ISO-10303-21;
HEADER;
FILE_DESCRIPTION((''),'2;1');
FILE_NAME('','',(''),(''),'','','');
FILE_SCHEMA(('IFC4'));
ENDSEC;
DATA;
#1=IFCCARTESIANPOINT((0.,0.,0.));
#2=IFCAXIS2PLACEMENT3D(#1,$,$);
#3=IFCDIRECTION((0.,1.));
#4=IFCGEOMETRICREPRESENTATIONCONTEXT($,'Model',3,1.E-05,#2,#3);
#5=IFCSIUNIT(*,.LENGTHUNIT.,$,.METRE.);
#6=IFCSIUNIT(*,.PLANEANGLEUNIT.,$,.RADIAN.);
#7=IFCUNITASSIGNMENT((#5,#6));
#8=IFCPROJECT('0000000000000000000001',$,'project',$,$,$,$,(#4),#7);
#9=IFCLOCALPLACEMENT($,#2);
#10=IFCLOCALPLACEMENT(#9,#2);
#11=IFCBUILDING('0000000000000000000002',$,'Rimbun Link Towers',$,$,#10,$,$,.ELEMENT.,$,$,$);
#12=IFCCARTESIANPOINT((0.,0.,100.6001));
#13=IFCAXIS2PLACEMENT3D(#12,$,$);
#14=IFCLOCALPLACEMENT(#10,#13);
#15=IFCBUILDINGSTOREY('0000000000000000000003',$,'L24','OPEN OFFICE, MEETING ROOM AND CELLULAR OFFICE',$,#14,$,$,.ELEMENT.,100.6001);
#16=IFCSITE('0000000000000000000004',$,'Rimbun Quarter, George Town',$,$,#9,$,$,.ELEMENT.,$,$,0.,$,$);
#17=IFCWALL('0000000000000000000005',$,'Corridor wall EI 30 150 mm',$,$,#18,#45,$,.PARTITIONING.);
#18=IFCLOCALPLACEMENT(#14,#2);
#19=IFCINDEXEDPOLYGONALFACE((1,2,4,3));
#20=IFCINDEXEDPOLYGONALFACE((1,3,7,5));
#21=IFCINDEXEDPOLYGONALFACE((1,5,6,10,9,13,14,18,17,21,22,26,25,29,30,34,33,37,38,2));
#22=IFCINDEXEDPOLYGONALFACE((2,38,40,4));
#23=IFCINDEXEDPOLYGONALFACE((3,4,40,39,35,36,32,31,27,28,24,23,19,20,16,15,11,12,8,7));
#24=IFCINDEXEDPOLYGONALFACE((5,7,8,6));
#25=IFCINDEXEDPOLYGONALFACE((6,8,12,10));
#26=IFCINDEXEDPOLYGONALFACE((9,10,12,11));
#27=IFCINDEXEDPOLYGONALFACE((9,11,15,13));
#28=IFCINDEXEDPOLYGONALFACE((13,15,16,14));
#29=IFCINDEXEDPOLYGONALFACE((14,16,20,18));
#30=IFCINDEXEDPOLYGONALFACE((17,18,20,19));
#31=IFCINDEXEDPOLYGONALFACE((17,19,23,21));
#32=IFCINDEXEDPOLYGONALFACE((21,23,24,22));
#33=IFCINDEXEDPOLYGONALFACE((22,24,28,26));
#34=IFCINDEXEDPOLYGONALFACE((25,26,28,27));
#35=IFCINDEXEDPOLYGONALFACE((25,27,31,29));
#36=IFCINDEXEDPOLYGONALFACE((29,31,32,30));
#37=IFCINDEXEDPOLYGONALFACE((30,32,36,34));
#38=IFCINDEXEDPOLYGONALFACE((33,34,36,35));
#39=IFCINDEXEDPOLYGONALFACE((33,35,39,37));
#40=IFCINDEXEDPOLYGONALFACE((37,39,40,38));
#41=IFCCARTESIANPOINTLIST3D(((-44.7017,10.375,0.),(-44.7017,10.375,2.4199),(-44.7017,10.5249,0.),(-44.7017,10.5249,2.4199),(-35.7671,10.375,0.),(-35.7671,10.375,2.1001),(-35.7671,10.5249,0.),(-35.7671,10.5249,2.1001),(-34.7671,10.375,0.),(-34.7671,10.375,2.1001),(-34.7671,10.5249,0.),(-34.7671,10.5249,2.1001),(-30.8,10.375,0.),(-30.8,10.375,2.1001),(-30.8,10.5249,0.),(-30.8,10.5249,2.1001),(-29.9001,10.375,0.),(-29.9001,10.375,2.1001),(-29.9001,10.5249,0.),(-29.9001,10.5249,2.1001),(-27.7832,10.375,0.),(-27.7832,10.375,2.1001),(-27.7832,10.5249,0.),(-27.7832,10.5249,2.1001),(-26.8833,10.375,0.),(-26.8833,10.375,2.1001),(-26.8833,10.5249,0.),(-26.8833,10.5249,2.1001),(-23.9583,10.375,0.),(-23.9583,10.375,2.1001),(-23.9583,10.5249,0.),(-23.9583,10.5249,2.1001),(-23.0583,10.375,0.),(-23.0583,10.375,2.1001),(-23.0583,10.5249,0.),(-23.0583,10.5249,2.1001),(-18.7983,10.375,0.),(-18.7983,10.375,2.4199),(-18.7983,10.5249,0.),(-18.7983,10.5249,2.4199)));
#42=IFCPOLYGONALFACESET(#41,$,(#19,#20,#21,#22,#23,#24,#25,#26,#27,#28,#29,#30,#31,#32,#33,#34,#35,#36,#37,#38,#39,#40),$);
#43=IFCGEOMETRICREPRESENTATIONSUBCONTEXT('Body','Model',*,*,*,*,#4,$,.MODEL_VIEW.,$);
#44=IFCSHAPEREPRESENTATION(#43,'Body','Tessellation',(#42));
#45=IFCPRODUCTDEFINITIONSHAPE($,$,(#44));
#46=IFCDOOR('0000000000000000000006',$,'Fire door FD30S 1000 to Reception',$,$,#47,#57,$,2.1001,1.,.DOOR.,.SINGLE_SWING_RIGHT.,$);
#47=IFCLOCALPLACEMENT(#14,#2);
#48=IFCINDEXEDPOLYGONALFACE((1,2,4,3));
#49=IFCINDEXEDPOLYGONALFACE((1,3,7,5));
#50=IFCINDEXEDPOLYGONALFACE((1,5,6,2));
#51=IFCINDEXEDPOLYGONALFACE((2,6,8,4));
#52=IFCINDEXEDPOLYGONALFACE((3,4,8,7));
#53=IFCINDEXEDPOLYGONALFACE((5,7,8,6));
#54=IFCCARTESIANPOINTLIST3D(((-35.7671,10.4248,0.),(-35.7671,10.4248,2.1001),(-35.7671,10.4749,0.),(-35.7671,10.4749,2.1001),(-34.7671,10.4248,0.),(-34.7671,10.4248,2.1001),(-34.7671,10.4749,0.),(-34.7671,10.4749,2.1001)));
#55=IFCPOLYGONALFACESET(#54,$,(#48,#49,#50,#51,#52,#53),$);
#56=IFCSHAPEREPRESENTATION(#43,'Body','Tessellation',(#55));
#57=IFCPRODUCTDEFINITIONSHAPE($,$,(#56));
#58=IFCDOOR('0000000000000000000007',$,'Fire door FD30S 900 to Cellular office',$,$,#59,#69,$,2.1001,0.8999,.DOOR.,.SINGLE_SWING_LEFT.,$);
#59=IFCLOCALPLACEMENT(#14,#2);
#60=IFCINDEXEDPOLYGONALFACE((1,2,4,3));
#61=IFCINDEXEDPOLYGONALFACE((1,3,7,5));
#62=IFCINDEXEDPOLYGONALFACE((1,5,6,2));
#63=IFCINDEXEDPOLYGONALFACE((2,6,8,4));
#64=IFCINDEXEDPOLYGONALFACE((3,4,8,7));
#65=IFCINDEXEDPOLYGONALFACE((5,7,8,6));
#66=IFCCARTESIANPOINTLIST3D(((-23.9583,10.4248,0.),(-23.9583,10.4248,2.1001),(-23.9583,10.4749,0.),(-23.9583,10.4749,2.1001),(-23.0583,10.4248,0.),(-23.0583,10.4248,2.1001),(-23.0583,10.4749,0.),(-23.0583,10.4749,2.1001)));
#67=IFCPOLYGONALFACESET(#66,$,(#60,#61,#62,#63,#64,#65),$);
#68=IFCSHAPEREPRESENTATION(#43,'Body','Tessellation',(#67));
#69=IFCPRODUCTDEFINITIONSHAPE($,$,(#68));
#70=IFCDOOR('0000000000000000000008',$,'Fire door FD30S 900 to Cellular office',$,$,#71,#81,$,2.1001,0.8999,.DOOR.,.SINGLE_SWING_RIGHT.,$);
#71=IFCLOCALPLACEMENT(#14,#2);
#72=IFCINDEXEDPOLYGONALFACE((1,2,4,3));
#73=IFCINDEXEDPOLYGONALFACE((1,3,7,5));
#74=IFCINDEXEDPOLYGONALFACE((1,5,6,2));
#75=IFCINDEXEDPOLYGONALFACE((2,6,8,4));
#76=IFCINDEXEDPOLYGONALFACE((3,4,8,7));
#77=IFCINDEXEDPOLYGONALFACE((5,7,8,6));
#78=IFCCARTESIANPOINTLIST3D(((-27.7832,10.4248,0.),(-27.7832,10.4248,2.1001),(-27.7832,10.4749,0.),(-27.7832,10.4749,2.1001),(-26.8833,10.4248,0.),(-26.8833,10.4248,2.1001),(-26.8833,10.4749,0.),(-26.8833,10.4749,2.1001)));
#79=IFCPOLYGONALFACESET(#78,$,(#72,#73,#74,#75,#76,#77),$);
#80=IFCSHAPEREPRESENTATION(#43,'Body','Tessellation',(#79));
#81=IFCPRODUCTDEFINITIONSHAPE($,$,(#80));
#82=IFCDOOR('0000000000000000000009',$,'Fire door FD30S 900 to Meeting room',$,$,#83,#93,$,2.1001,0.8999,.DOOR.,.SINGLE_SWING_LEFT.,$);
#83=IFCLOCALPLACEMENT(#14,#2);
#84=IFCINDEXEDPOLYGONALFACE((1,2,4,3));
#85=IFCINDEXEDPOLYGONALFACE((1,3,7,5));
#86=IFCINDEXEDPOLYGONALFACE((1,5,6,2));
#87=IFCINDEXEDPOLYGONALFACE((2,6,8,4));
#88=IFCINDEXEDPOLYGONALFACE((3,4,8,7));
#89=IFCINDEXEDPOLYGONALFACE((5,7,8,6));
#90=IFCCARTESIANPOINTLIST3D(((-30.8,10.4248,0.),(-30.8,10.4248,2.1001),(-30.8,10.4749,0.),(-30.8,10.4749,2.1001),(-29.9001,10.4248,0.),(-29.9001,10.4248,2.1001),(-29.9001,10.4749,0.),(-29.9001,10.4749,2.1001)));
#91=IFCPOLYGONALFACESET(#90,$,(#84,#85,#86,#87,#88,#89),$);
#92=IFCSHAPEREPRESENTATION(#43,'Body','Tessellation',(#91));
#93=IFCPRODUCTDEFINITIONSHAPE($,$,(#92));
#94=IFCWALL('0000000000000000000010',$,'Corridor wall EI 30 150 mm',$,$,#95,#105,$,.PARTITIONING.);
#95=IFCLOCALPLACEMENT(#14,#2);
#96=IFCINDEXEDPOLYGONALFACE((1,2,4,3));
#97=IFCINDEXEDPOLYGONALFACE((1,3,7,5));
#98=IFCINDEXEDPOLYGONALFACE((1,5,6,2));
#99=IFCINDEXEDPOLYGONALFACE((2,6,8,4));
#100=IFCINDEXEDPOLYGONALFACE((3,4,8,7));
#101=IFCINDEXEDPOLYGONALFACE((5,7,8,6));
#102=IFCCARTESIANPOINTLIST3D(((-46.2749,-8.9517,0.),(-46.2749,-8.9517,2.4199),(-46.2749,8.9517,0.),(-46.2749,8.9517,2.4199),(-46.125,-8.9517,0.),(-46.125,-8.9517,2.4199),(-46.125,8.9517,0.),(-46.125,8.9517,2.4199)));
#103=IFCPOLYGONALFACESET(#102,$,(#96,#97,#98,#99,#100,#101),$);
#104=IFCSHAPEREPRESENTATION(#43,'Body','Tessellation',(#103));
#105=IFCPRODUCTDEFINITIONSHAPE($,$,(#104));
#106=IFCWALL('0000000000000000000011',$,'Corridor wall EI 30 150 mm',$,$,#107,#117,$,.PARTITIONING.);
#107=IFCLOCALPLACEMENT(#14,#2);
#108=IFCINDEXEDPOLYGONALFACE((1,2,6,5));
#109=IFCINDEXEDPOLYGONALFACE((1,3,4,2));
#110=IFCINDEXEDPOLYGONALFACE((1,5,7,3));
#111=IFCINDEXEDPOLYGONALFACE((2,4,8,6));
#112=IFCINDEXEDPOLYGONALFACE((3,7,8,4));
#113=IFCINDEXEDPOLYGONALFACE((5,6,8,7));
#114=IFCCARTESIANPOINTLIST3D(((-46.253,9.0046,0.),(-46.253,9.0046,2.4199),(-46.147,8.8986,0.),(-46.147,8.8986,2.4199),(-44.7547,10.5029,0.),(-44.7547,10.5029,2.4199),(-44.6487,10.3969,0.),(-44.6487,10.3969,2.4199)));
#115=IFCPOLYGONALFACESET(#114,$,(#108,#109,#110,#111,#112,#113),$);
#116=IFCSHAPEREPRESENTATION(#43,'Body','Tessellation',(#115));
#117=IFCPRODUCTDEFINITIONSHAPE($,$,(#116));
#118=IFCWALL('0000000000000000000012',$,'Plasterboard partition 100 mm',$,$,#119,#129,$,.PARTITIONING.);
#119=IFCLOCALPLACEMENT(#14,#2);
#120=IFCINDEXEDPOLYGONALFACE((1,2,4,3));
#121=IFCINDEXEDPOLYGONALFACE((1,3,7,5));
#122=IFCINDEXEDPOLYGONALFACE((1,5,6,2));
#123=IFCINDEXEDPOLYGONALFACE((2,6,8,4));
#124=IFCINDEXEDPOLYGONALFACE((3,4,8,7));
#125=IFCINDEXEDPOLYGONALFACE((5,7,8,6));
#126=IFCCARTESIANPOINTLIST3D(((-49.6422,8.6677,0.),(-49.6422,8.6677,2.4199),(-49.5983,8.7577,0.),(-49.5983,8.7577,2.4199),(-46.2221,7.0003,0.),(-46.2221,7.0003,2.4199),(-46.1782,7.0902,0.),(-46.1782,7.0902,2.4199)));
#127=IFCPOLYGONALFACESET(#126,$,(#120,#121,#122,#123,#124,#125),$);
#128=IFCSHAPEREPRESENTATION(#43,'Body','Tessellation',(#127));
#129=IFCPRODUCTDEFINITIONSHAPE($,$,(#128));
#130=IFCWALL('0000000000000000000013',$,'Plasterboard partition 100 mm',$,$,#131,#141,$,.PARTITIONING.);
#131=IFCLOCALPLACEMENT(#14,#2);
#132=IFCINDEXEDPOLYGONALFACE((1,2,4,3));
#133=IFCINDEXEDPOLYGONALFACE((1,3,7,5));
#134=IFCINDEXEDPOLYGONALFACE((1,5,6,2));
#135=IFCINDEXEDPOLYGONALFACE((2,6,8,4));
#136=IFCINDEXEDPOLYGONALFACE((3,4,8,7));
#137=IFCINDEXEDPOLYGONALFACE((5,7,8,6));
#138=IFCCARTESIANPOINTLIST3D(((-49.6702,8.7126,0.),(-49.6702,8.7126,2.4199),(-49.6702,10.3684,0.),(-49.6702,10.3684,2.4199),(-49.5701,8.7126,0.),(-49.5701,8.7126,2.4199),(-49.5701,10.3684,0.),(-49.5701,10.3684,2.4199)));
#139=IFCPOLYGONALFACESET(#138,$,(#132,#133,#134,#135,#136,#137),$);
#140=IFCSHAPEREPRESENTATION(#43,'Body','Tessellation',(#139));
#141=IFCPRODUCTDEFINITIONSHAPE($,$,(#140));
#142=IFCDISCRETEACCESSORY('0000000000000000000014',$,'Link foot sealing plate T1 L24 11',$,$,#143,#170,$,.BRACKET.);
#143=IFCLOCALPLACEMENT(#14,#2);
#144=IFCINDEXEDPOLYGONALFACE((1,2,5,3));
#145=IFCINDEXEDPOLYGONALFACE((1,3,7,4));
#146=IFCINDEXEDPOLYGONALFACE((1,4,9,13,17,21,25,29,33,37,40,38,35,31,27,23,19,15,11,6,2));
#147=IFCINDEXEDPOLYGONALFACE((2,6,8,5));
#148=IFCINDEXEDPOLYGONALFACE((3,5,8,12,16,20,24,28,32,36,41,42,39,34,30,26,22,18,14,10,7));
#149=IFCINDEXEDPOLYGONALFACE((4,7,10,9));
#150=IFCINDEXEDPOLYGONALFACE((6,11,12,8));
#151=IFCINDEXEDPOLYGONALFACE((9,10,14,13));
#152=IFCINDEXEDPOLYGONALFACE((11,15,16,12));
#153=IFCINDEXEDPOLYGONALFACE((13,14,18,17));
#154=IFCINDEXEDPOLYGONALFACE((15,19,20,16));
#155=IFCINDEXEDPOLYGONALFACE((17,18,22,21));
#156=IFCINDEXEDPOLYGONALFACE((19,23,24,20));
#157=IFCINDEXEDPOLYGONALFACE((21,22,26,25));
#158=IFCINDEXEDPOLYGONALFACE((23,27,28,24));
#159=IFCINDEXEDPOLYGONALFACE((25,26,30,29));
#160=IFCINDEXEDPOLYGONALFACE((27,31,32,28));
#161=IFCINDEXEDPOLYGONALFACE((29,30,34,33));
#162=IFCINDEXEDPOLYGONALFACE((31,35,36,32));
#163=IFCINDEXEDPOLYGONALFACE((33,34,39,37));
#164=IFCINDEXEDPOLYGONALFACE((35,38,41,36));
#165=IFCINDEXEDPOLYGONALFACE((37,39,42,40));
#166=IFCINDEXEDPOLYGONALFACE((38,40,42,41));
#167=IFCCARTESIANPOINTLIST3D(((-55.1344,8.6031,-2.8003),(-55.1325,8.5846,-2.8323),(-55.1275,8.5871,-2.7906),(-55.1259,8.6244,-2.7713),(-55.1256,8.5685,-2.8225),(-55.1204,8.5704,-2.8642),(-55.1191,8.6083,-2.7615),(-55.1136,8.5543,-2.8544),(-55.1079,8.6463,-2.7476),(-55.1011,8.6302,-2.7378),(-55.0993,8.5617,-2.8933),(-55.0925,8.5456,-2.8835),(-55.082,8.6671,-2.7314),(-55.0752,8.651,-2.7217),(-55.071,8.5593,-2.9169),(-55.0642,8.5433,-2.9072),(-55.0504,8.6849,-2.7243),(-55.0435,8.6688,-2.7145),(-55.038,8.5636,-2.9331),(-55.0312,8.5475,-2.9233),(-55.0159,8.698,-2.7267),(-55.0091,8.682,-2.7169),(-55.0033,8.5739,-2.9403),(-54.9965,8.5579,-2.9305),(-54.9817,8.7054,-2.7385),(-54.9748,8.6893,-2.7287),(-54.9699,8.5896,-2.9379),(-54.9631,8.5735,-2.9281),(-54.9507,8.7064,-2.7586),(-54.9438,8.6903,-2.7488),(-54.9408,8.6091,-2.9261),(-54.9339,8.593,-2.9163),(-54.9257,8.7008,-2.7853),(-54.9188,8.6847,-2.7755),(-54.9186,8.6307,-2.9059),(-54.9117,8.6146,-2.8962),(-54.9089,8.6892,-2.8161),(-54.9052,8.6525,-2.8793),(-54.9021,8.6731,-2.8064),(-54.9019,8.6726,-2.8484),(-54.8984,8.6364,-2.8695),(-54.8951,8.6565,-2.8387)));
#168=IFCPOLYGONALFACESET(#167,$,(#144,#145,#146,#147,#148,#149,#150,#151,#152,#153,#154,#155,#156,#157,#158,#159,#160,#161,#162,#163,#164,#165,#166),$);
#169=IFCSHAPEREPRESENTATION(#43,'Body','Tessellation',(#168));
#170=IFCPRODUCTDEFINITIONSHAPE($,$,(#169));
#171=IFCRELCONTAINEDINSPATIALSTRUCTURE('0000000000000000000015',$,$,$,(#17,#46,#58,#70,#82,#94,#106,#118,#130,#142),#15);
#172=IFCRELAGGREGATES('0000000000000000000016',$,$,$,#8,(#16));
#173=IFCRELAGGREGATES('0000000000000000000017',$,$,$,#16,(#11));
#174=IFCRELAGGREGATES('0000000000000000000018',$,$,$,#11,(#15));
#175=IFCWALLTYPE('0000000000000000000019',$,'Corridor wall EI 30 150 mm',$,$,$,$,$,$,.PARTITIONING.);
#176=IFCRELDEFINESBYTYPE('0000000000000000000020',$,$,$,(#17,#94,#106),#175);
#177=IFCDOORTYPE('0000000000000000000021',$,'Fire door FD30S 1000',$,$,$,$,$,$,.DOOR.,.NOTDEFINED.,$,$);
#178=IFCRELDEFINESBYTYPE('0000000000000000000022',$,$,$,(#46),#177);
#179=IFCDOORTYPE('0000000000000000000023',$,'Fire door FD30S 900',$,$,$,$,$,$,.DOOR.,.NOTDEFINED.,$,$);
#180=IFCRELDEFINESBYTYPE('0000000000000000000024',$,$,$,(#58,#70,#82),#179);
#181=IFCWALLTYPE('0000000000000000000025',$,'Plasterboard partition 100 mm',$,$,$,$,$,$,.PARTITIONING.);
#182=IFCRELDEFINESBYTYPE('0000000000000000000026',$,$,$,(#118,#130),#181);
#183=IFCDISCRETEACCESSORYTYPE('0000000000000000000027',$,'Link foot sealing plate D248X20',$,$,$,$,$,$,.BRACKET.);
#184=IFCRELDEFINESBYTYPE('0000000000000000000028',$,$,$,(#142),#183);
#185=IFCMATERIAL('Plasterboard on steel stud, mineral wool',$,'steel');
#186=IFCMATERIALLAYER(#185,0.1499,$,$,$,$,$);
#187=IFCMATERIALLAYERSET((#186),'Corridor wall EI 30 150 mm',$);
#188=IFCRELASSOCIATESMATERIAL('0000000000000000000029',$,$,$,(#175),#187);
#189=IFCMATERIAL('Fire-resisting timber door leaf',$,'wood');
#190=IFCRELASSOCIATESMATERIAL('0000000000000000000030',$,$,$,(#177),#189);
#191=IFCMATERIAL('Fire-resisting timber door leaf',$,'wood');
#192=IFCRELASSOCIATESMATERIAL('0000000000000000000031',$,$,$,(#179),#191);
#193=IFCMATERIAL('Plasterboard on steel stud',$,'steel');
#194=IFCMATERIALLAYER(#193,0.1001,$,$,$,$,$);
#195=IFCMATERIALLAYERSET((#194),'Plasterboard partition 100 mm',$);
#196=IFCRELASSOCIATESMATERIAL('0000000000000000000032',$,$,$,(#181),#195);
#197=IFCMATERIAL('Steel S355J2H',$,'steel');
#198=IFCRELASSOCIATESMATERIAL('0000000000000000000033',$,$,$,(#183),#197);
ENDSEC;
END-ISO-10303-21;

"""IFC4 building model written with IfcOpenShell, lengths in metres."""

from ifc_helpers import new_model, si_unit, direction, frame, frame_2d, origin, origin_2d, place, context, subcontext, project, spatial, rectangle, circle, extrude, material, layer, layer_set, material_profile, profile_set, type_object, element, fill, save


model = new_model("IFC4")

# Units and contexts
model_context = context("Model", 3, precision=1e-05, world=origin(), true_north=direction((0.0, 1.0)))
body_context = subcontext(model_context, "Body", "Model", "MODEL_VIEW")
ifc_project = project(units=[si_unit("LENGTHUNIT", "METRE"), si_unit("PLANEANGLEUNIT", "RADIAN")], contexts=[model_context])

# Site, building, storey
site_placement = place(None, origin())
site = spatial("IfcSite", under=ifc_project, at=site_placement, Name="Rimbun Quarter, George Town", CompositionType="ELEMENT", RefElevation=0.0)
building_placement = place(site_placement, origin())
building = spatial("IfcBuilding", under=site, at=building_placement, Name="Rimbun Link Towers", CompositionType="ELEMENT")
storey_placement = place(building_placement, frame((0.0, 0.0, 100.6001)))
storey = spatial("IfcBuildingStorey", under=building, at=storey_placement, Name="L24", Description="OPEN OFFICE, MEETING ROOM AND CELLULAR OFFICE", CompositionType="ELEMENT", Elevation=100.6001)

# Wall, openings, doors
ifc_material_1 = material(Name="Plasterboard on steel stud, mineral wool", Category="steel")
ifc_layer_1 = layer(ifc_material_1, 0.1499)
ifc_layer_set_1 = layer_set([ifc_layer_1], Name="Corridor wall EI 30 150 mm")
wall_type_1 = type_object("IfcWallType", Name="Corridor wall EI 30 150 mm", PredefinedType="PARTITIONING", material=ifc_layer_set_1)
wall_1_placement = place(storey_placement, frame((-44.7017, 10.45, 0.0), z_axis=(0.0, 0.0, 1.0), x_axis=(1.0, 0.0, 0.0)))
wall_1 = element("IfcWall", 1, at=wall_1_placement, inside=storey, type_object=wall_type_1, Name="Corridor wall EI 30 150 mm", PredefinedType="PARTITIONING", context=body_context, shape_type="SweptSolid", body=[
    extrude(rectangle(XDim=25.9033, YDim=0.1499, at=frame_2d((12.9517, 0.0))), origin(), (0.0, 0.0, 1.0), 2.4199),
])
opening_1_placement = place(wall_1_placement, frame((20.7434, 0.0, 0.0)))
opening_1 = element("IfcOpeningElement", 2, at=opening_1_placement, cuts=wall_1, PredefinedType="OPENING", context=body_context, shape_type="SweptSolid", body=[
    extrude(rectangle(XDim=0.8999, YDim=2.1001, at=frame_2d((0.45, 1.05))), frame((0.0, 0.085, 0.0), z_axis=(0.0, -1.0, 0.0), x_axis=(1.0, 0.0, 0.0)), (0.0, 0.0, 1.0), 0.1699),
])
opening_2_placement = place(wall_1_placement, frame((16.9185, 0.0, 0.0)))
opening_2 = element("IfcOpeningElement", 3, at=opening_2_placement, cuts=wall_1, PredefinedType="OPENING", context=body_context, shape_type="SweptSolid", body=[
    extrude(rectangle(XDim=0.8999, YDim=2.1001, at=frame_2d((0.45, 1.05))), frame((0.0, 0.085, 0.0), z_axis=(0.0, -1.0, 0.0), x_axis=(1.0, 0.0, 0.0)), (0.0, 0.0, 1.0), 0.1699),
])
opening_3_placement = place(wall_1_placement, frame((13.9016, 0.0, 0.0)))
opening_3 = element("IfcOpeningElement", 4, at=opening_3_placement, cuts=wall_1, PredefinedType="OPENING", context=body_context, shape_type="SweptSolid", body=[
    extrude(rectangle(XDim=0.8999, YDim=2.1001, at=frame_2d((0.45, 1.05))), frame((0.0, 0.085, 0.0), z_axis=(0.0, -1.0, 0.0), x_axis=(1.0, 0.0, 0.0)), (0.0, 0.0, 1.0), 0.1699),
])
opening_4_placement = place(wall_1_placement, frame((8.9346, 0.0, 0.0)))
opening_4 = element("IfcOpeningElement", 5, at=opening_4_placement, cuts=wall_1, PredefinedType="OPENING", context=body_context, shape_type="SweptSolid", body=[
    extrude(rectangle(XDim=1.0, YDim=2.1001, at=frame_2d((0.5, 1.05))), frame((0.0, 0.085, 0.0), z_axis=(0.0, -1.0, 0.0), x_axis=(1.0, 0.0, 0.0)), (0.0, 0.0, 1.0), 0.1699),
])
ifc_material_2 = material(Name="Fire-resisting timber door leaf", Category="wood")
door_type_1 = type_object("IfcDoorType", Name="Fire door FD30S 1000", OperationType="NOTDEFINED", PredefinedType="DOOR", material=ifc_material_2)
door_1_placement = place(opening_4_placement, origin())
door_1 = element("IfcDoor", 6, at=door_1_placement, inside=storey, type_object=door_type_1, Name="Fire door FD30S 1000 to Reception", OperationType="SINGLE_SWING_RIGHT", OverallHeight=2.1001, OverallWidth=1.0, PredefinedType="DOOR", context=body_context, shape_type="SweptSolid", body=[
    extrude(rectangle(XDim=1.0, YDim=2.1001, at=frame_2d((0.5, 1.05))), frame((0.0, 0.0249, 0.0), z_axis=(0.0, -1.0, 0.0), x_axis=(1.0, 0.0, 0.0)), (0.0, 0.0, 1.0), 0.05),
])
fill(opening_4, door_1)
ifc_material_3 = material(Name="Fire-resisting timber door leaf", Category="wood")
door_type_2 = type_object("IfcDoorType", Name="Fire door FD30S 900", OperationType="NOTDEFINED", PredefinedType="DOOR", material=ifc_material_3)
door_2_placement = place(opening_1_placement, origin())
door_2 = element("IfcDoor", 7, at=door_2_placement, inside=storey, type_object=door_type_2, Name="Fire door FD30S 900 to Cellular office", OperationType="SINGLE_SWING_LEFT", OverallHeight=2.1001, OverallWidth=0.8999, PredefinedType="DOOR", context=body_context, shape_type="SweptSolid", body=[
    extrude(rectangle(XDim=0.8999, YDim=2.1001, at=frame_2d((0.45, 1.05))), frame((0.0, 0.0249, 0.0), z_axis=(0.0, -1.0, 0.0), x_axis=(1.0, 0.0, 0.0)), (0.0, 0.0, 1.0), 0.05),
])
fill(opening_1, door_2)
door_3_placement = place(opening_2_placement, origin())
door_3 = element("IfcDoor", 8, at=door_3_placement, inside=storey, type_object=door_type_2, Name="Fire door FD30S 900 to Cellular office", OperationType="SINGLE_SWING_RIGHT", OverallHeight=2.1001, OverallWidth=0.8999, PredefinedType="DOOR", context=body_context, shape_type="SweptSolid", body=[
    extrude(rectangle(XDim=0.8999, YDim=2.1001, at=frame_2d((0.45, 1.05))), frame((0.0, 0.0249, 0.0), z_axis=(0.0, -1.0, 0.0), x_axis=(1.0, 0.0, 0.0)), (0.0, 0.0, 1.0), 0.05),
])
fill(opening_2, door_3)
door_4_placement = place(opening_3_placement, origin())
door_4 = element("IfcDoor", 9, at=door_4_placement, inside=storey, type_object=door_type_2, Name="Fire door FD30S 900 to Meeting room", OperationType="SINGLE_SWING_LEFT", OverallHeight=2.1001, OverallWidth=0.8999, PredefinedType="DOOR", context=body_context, shape_type="SweptSolid", body=[
    extrude(rectangle(XDim=0.8999, YDim=2.1001, at=frame_2d((0.45, 1.05))), frame((0.0, 0.0249, 0.0), z_axis=(0.0, -1.0, 0.0), x_axis=(1.0, 0.0, 0.0)), (0.0, 0.0, 1.0), 0.05),
])
fill(opening_3, door_4)

# Walls
wall_2_placement = place(storey_placement, frame((-46.2, 8.9517, 0.0), z_axis=(0.0, 0.0, 1.0), x_axis=(0.0, -1.0, 0.0)))
element("IfcWall", 10, at=wall_2_placement, inside=storey, type_object=wall_type_1, Name="Corridor wall EI 30 150 mm", PredefinedType="PARTITIONING", context=body_context, shape_type="SweptSolid", body=[
    extrude(rectangle(XDim=17.9033, YDim=0.1499, at=frame_2d((8.9517, 0.0))), origin(), (0.0, 0.0, 1.0), 2.4199),
])
wall_3_placement = place(storey_placement, frame((-44.7017, 10.45, 0.0), z_axis=(0.0, 0.0, 1.0), x_axis=(-0.707107, -0.707107, 0.0)))
element("IfcWall", 11, at=wall_3_placement, inside=storey, type_object=wall_type_1, Name="Corridor wall EI 30 150 mm", PredefinedType="PARTITIONING", context=body_context, shape_type="SweptSolid", body=[
    extrude(rectangle(XDim=2.1189, YDim=0.1499, at=frame_2d((1.0596, 0.0))), origin(), (0.0, 0.0, 1.0), 2.4199),
])
ifc_material_4 = material(Name="Plasterboard on steel stud", Category="steel")
ifc_layer_2 = layer(ifc_material_4, 0.1001)
ifc_layer_set_2 = layer_set([ifc_layer_2], Name="Plasterboard partition 100 mm")
wall_type_2 = type_object("IfcWallType", Name="Plasterboard partition 100 mm", PredefinedType="PARTITIONING", material=ifc_layer_set_2)
wall_4_placement = place(storey_placement, frame((-49.6201, 8.7126, 0.0), z_axis=(0.0, 0.0, 1.0), x_axis=(0.898861, -0.438234, 0.0)))
element("IfcWall", 12, at=wall_4_placement, inside=storey, type_object=wall_type_2, Name="Plasterboard partition 100 mm", PredefinedType="PARTITIONING", context=body_context, shape_type="SweptSolid", body=[
    extrude(rectangle(XDim=3.8049, YDim=0.1001, at=frame_2d((1.9023, 0.0))), origin(), (0.0, 0.0, 1.0), 2.4199),
])
wall_5_placement = place(storey_placement, frame((-49.6201, 10.3684, 0.0), z_axis=(0.0, 0.0, 1.0), x_axis=(0.0, -1.0, 0.0)))
element("IfcWall", 13, at=wall_5_placement, inside=storey, type_object=wall_type_2, Name="Plasterboard partition 100 mm", PredefinedType="PARTITIONING", context=body_context, shape_type="SweptSolid", body=[
    extrude(rectangle(XDim=1.6558, YDim=0.1001, at=frame_2d((0.8279, 0.0))), origin(), (0.0, 0.0, 1.0), 2.4199),
])

# Discrete accessory
ifc_material_5 = material(Name="Steel S355J2H", Category="steel")
ifc_material_profile_1 = material_profile(ifc_material_5, circle(Radius=0.124, at=origin_2d()), Name="PL D248")
ifc_profile_set_1 = profile_set([ifc_material_profile_1], Name="Steel S355J2H")
discrete_accessory_type = type_object("IfcDiscreteAccessoryType", Name="Link foot sealing plate D248X20", PredefinedType="BRACKET", material=ifc_profile_set_1)
discrete_accessory_placement = place(storey_placement, frame((-55.0115, 8.6169, -2.8225), z_axis=(-0.341058, 0.803922, -0.487226), x_axis=(-0.920582, -0.39055, 0.0)))
element("IfcDiscreteAccessory", 14, at=discrete_accessory_placement, inside=storey, type_object=discrete_accessory_type, Name="Link foot sealing plate T1 L24 11", PredefinedType="BRACKET", context=body_context, shape_type="SweptSolid", body=[
    extrude(circle(Radius=0.124, at=origin_2d()), origin(), (0.0, 0.0, 1.0), 0.02),
])

save(model, "model.ifc")
